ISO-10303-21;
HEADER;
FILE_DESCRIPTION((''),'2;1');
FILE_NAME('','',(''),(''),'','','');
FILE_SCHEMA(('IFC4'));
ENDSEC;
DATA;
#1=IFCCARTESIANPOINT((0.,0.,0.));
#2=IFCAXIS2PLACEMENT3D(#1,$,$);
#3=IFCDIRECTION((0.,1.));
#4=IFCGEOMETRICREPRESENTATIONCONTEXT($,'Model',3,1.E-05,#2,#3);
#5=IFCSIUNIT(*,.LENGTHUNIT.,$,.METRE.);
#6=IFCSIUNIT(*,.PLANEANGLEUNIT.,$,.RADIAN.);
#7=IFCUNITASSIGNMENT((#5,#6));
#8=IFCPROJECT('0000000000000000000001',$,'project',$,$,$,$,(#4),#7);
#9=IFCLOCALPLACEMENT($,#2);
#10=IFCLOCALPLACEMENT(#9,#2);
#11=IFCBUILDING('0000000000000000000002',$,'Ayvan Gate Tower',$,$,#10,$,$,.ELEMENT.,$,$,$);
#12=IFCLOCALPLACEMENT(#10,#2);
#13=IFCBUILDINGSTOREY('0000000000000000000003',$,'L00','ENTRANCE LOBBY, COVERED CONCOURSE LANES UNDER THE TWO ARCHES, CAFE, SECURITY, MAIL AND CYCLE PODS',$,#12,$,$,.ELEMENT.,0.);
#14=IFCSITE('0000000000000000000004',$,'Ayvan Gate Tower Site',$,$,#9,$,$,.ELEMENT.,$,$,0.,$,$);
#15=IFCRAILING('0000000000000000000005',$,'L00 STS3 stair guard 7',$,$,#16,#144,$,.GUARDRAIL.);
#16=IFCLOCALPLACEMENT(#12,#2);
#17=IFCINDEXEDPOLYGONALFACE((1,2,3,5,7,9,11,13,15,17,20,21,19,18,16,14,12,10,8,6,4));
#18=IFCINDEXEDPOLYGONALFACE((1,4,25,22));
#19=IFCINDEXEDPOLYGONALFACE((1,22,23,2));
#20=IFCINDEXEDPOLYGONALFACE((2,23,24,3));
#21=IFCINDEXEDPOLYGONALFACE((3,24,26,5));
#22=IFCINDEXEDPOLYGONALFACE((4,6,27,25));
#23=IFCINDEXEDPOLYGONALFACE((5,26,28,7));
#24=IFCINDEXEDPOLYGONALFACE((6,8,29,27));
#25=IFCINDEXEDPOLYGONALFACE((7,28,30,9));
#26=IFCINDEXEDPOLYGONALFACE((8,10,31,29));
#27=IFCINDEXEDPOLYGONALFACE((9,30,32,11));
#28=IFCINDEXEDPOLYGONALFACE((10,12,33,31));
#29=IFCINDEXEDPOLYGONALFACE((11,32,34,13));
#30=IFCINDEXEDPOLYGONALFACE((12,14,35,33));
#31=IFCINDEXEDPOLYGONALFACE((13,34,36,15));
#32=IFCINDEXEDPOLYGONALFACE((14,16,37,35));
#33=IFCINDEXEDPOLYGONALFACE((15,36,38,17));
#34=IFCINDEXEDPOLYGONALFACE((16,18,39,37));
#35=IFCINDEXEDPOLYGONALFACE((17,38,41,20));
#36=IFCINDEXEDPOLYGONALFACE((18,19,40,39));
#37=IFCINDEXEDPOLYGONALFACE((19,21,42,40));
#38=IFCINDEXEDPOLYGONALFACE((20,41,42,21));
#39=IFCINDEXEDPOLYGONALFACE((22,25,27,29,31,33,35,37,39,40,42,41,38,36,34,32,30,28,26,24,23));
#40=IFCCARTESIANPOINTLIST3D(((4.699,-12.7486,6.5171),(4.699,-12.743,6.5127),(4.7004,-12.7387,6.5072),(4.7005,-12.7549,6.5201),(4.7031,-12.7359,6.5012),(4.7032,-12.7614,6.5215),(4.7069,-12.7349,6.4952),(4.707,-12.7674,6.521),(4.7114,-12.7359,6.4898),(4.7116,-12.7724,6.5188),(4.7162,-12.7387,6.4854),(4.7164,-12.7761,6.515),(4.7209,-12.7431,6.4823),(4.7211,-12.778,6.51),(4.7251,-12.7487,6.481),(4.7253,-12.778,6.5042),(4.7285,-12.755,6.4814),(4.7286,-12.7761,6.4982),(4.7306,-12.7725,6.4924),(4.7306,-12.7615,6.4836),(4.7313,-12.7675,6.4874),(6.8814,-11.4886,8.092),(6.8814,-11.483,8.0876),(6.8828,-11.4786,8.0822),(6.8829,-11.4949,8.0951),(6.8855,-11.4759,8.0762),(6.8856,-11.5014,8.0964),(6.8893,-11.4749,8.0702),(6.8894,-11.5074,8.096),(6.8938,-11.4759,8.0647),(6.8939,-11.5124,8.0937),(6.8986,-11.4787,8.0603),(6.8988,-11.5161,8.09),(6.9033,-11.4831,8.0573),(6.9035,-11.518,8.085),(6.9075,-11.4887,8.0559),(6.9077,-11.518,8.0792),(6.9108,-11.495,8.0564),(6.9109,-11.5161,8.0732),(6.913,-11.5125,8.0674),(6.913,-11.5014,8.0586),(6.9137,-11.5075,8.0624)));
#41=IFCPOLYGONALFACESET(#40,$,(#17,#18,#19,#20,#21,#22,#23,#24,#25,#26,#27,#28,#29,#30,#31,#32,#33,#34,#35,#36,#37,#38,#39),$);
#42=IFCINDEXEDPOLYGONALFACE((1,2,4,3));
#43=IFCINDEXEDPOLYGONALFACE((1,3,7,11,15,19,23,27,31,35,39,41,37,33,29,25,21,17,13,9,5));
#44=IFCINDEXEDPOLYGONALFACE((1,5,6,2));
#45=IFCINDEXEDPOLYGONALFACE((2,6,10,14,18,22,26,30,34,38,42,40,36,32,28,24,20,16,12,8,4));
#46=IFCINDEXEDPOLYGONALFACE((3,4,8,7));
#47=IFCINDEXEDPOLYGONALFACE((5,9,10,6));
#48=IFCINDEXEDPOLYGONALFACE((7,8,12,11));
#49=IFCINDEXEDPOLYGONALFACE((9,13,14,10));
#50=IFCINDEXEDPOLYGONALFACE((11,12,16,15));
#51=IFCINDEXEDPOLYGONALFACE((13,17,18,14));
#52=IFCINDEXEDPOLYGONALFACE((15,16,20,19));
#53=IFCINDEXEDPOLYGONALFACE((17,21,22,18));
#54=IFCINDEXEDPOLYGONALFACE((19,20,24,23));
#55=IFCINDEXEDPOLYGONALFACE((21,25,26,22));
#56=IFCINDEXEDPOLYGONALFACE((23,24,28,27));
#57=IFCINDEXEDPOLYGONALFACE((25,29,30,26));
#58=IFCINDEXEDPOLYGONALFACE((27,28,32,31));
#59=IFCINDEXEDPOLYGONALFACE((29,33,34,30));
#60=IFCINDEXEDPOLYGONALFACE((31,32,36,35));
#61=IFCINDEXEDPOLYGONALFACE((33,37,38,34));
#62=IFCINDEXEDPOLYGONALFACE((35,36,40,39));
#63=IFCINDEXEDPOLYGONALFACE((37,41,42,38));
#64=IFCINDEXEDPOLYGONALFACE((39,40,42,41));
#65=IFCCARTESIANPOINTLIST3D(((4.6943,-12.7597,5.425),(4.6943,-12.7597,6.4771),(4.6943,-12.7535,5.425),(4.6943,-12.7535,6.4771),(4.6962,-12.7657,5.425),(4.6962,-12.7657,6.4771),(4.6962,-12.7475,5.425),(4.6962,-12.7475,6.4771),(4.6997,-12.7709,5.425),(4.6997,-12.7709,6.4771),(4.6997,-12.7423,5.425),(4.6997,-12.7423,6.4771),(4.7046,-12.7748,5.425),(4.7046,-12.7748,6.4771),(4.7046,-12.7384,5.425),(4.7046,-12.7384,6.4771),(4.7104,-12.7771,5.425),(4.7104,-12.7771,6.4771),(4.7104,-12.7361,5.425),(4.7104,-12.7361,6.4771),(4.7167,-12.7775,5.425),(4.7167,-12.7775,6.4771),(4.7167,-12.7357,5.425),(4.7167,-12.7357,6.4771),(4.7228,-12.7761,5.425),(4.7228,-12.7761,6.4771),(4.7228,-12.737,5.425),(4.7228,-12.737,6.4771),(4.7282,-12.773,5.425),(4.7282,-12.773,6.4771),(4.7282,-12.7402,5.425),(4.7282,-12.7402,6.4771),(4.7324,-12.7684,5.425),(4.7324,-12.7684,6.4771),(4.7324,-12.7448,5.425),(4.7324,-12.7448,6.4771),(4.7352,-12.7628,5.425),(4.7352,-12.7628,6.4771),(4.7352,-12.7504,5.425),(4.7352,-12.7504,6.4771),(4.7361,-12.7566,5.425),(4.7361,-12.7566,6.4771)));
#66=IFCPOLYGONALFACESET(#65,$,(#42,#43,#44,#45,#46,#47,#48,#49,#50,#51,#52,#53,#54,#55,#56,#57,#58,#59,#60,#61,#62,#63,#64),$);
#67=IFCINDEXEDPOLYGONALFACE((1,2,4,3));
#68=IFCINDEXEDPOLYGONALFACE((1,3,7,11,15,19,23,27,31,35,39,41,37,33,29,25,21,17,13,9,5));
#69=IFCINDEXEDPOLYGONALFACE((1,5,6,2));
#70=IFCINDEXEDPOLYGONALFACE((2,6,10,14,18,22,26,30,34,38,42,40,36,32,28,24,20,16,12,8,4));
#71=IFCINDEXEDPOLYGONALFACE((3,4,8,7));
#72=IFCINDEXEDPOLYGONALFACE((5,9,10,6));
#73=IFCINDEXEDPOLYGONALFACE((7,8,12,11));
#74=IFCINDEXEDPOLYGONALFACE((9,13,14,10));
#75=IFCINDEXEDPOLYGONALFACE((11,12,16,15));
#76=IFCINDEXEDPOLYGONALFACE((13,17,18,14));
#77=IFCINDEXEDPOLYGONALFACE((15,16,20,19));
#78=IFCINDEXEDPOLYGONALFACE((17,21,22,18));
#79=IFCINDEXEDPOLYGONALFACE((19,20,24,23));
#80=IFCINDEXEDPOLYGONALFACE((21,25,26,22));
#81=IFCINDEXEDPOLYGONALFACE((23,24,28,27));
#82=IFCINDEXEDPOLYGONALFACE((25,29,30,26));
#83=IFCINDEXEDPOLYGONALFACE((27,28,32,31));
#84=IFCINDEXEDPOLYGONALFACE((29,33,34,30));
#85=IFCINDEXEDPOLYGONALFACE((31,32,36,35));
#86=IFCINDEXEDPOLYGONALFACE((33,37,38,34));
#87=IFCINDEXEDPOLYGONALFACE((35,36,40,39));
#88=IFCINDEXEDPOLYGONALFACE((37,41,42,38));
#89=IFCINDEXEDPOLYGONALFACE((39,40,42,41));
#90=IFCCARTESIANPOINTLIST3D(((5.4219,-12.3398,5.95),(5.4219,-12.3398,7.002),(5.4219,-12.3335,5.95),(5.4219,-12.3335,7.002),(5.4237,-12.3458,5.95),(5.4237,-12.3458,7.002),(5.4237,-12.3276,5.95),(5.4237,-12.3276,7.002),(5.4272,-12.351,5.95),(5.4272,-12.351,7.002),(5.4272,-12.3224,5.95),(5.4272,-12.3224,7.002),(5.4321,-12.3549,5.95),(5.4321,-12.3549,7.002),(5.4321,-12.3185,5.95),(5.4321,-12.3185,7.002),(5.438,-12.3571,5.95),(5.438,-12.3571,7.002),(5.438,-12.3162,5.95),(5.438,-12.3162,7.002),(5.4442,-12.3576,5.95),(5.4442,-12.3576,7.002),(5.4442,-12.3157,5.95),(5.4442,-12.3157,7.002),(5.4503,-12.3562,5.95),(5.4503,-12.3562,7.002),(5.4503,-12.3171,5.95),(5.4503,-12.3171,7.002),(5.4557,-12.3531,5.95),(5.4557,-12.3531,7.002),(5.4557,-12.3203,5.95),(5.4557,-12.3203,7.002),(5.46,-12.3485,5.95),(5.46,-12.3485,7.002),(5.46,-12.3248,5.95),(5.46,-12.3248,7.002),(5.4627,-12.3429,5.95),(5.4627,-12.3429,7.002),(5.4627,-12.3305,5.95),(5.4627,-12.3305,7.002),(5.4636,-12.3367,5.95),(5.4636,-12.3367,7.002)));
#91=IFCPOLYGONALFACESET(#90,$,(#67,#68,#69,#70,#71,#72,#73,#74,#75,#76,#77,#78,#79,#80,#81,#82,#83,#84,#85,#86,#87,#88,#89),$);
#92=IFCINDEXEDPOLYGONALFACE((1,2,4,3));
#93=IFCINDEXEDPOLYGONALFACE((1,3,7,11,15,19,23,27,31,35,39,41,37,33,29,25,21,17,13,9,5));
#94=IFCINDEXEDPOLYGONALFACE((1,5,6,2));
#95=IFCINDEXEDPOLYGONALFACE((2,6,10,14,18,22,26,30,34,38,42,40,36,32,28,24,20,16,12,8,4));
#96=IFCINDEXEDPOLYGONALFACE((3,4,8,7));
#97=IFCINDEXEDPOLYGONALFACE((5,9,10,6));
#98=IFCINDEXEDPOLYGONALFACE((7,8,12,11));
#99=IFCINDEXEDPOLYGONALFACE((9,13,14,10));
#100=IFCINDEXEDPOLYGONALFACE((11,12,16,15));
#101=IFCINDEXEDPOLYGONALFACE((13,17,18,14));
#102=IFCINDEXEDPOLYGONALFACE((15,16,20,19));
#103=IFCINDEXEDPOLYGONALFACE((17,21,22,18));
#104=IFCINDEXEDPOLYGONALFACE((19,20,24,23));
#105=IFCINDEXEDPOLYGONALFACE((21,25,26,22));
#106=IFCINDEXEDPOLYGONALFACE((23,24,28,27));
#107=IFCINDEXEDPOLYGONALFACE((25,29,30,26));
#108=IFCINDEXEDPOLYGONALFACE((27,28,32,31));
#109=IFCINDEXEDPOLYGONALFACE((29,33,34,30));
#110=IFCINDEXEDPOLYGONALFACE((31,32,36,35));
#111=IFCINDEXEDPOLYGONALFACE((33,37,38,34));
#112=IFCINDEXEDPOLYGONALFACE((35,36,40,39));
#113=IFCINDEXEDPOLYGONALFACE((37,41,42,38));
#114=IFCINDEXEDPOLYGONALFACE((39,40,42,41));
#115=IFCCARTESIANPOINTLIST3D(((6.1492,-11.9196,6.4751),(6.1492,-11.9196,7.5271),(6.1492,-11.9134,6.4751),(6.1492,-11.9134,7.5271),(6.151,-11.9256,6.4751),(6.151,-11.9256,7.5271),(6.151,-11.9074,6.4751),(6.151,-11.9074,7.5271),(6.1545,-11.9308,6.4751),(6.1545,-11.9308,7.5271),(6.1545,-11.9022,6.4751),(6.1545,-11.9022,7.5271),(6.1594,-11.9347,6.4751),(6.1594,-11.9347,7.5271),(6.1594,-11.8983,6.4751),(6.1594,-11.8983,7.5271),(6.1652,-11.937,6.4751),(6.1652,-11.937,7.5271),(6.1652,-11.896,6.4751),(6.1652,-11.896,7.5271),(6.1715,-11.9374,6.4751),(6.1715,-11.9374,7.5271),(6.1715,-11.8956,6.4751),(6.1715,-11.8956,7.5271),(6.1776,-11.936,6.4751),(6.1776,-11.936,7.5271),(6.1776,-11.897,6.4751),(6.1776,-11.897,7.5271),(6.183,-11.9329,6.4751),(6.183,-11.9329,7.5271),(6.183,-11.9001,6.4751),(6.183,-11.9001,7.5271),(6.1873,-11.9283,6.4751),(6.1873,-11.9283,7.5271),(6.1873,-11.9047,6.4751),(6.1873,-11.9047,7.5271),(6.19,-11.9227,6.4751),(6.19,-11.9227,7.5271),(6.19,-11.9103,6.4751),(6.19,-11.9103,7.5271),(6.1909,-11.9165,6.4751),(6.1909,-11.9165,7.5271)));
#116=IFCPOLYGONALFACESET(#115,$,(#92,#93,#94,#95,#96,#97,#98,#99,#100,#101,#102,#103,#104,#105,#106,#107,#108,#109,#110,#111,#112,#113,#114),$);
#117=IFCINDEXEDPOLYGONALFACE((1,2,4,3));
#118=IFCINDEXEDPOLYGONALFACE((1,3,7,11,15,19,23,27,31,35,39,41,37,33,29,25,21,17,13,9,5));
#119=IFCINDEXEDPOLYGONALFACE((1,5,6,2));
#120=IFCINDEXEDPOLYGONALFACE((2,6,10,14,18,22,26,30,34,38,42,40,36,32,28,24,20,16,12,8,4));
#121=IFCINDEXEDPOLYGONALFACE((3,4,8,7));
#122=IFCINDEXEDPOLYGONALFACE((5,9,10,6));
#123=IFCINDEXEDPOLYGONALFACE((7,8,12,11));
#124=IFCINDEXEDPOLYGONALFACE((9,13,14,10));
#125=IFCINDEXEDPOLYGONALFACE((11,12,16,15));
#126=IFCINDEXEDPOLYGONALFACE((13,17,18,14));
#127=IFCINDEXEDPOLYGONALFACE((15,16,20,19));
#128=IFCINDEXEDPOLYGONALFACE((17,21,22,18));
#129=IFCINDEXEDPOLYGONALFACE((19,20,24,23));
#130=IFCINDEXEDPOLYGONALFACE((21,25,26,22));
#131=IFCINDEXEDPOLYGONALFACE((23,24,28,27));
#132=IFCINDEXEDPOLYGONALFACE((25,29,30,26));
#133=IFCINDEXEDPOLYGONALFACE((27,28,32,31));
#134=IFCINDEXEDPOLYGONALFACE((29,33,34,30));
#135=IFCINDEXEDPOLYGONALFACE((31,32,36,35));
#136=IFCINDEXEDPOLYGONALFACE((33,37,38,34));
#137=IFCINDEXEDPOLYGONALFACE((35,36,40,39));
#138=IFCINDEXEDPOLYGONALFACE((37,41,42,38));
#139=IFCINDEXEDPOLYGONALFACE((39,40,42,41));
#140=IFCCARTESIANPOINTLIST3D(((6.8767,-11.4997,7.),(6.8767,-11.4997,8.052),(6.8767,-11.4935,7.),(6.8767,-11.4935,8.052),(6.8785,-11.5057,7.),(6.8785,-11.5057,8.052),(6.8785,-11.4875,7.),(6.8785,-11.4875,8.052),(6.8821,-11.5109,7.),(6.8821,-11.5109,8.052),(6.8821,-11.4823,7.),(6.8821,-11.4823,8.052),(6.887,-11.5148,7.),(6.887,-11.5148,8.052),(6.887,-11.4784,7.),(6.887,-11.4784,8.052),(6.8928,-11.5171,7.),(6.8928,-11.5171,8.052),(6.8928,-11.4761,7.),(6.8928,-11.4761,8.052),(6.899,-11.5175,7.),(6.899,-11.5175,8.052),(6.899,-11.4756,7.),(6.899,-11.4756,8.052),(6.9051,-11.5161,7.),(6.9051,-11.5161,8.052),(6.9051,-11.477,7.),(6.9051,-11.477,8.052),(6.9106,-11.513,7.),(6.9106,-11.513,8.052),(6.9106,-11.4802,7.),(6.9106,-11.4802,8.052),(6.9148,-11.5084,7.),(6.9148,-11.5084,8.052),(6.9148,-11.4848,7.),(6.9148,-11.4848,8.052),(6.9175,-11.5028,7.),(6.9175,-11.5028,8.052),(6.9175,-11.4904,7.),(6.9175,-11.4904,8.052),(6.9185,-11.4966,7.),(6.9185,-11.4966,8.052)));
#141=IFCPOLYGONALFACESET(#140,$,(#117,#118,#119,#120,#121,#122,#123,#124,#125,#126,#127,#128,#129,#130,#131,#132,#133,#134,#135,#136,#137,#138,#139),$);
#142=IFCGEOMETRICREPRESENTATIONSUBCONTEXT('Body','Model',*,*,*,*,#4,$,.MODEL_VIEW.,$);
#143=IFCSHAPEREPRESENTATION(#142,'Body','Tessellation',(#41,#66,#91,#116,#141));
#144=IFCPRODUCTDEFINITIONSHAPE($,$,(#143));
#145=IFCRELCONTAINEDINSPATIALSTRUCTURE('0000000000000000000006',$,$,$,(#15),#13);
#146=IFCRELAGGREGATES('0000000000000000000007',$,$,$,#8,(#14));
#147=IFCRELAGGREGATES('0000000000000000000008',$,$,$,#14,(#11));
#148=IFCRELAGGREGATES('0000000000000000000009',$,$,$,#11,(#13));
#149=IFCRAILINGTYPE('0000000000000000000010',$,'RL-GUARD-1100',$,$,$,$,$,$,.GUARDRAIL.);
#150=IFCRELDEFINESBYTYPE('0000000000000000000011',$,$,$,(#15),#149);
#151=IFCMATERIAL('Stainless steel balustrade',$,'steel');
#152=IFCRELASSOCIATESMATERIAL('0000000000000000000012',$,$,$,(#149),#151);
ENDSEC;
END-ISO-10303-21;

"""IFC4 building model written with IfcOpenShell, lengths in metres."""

from ifc_helpers import new_model, si_unit, direction, frame, origin, origin_2d, place, context, subcontext, project, spatial, circle, extrude, material, type_object, element, save


model = new_model("IFC4")

# Units and contexts
model_context = context("Model", 3, precision=1e-05, world=origin(), true_north=direction((0.0, 1.0)))
body_context = subcontext(model_context, "Body", "Model", "MODEL_VIEW")
ifc_project = project(units=[si_unit("LENGTHUNIT", "METRE"), si_unit("PLANEANGLEUNIT", "RADIAN")], contexts=[model_context])

# Site, building, storey
site_placement = place(None, origin())
site = spatial("IfcSite", under=ifc_project, at=site_placement, Name="Ayvan Gate Tower Site", CompositionType="ELEMENT", RefElevation=0.0)
building_placement = place(site_placement, origin())
building = spatial("IfcBuilding", under=site, at=building_placement, Name="Ayvan Gate Tower", CompositionType="ELEMENT")
storey_placement = place(building_placement, origin())
storey = spatial("IfcBuildingStorey", under=building, at=storey_placement, Name="L00", Description="ENTRANCE LOBBY, COVERED CONCOURSE LANES UNDER THE TWO ARCHES, CAFE, SECURITY, MAIL AND CYCLE PODS", CompositionType="ELEMENT", Elevation=0.0)

# Railing
ifc_material_1 = material(Name="Stainless steel balustrade", Category="steel")
railing_type_1 = type_object("IfcRailingType", Name="RL-GUARD-1100", PredefinedType="GUARDRAIL", material=ifc_material_1)
for number, where, name in (
    (1, (4.7151, -12.7566, 5.425), "L00 STS3 stair guard 7"),
):
    element("IfcRailing", number, at=place(storey_placement, frame(where)), inside=storey, type_object=railing_type_1, Name=name, PredefinedType="GUARDRAIL", context=body_context, shape_type="SweptSolid", body=[
        extrude(circle(Radius=0.0239, at=origin_2d()), frame((0.0, 0.0, 1.0762), z_axis=(0.734392, 0.424007, 0.529988), x_axis=(-0.500005, 0.866023, 0.0)), (0.0, 0.0, 1.0), 2.9717),
        extrude(circle(Radius=0.021, at=origin_2d()), origin(), (0.0, 0.0, 1.0), 1.052),
        extrude(circle(Radius=0.021, at=origin_2d()), frame((0.7275, 0.4199, 0.5249)), (0.0, 0.0, 1.0), 1.052),
        extrude(circle(Radius=0.021, at=origin_2d()), frame((1.4548, 0.8401, 1.05)), (0.0, 0.0, 1.0), 1.052),
        extrude(circle(Radius=0.021, at=origin_2d()), frame((2.1824, 1.26, 1.575)), (0.0, 0.0, 1.0), 1.052),
    ])

save(model, "model.ifc")
